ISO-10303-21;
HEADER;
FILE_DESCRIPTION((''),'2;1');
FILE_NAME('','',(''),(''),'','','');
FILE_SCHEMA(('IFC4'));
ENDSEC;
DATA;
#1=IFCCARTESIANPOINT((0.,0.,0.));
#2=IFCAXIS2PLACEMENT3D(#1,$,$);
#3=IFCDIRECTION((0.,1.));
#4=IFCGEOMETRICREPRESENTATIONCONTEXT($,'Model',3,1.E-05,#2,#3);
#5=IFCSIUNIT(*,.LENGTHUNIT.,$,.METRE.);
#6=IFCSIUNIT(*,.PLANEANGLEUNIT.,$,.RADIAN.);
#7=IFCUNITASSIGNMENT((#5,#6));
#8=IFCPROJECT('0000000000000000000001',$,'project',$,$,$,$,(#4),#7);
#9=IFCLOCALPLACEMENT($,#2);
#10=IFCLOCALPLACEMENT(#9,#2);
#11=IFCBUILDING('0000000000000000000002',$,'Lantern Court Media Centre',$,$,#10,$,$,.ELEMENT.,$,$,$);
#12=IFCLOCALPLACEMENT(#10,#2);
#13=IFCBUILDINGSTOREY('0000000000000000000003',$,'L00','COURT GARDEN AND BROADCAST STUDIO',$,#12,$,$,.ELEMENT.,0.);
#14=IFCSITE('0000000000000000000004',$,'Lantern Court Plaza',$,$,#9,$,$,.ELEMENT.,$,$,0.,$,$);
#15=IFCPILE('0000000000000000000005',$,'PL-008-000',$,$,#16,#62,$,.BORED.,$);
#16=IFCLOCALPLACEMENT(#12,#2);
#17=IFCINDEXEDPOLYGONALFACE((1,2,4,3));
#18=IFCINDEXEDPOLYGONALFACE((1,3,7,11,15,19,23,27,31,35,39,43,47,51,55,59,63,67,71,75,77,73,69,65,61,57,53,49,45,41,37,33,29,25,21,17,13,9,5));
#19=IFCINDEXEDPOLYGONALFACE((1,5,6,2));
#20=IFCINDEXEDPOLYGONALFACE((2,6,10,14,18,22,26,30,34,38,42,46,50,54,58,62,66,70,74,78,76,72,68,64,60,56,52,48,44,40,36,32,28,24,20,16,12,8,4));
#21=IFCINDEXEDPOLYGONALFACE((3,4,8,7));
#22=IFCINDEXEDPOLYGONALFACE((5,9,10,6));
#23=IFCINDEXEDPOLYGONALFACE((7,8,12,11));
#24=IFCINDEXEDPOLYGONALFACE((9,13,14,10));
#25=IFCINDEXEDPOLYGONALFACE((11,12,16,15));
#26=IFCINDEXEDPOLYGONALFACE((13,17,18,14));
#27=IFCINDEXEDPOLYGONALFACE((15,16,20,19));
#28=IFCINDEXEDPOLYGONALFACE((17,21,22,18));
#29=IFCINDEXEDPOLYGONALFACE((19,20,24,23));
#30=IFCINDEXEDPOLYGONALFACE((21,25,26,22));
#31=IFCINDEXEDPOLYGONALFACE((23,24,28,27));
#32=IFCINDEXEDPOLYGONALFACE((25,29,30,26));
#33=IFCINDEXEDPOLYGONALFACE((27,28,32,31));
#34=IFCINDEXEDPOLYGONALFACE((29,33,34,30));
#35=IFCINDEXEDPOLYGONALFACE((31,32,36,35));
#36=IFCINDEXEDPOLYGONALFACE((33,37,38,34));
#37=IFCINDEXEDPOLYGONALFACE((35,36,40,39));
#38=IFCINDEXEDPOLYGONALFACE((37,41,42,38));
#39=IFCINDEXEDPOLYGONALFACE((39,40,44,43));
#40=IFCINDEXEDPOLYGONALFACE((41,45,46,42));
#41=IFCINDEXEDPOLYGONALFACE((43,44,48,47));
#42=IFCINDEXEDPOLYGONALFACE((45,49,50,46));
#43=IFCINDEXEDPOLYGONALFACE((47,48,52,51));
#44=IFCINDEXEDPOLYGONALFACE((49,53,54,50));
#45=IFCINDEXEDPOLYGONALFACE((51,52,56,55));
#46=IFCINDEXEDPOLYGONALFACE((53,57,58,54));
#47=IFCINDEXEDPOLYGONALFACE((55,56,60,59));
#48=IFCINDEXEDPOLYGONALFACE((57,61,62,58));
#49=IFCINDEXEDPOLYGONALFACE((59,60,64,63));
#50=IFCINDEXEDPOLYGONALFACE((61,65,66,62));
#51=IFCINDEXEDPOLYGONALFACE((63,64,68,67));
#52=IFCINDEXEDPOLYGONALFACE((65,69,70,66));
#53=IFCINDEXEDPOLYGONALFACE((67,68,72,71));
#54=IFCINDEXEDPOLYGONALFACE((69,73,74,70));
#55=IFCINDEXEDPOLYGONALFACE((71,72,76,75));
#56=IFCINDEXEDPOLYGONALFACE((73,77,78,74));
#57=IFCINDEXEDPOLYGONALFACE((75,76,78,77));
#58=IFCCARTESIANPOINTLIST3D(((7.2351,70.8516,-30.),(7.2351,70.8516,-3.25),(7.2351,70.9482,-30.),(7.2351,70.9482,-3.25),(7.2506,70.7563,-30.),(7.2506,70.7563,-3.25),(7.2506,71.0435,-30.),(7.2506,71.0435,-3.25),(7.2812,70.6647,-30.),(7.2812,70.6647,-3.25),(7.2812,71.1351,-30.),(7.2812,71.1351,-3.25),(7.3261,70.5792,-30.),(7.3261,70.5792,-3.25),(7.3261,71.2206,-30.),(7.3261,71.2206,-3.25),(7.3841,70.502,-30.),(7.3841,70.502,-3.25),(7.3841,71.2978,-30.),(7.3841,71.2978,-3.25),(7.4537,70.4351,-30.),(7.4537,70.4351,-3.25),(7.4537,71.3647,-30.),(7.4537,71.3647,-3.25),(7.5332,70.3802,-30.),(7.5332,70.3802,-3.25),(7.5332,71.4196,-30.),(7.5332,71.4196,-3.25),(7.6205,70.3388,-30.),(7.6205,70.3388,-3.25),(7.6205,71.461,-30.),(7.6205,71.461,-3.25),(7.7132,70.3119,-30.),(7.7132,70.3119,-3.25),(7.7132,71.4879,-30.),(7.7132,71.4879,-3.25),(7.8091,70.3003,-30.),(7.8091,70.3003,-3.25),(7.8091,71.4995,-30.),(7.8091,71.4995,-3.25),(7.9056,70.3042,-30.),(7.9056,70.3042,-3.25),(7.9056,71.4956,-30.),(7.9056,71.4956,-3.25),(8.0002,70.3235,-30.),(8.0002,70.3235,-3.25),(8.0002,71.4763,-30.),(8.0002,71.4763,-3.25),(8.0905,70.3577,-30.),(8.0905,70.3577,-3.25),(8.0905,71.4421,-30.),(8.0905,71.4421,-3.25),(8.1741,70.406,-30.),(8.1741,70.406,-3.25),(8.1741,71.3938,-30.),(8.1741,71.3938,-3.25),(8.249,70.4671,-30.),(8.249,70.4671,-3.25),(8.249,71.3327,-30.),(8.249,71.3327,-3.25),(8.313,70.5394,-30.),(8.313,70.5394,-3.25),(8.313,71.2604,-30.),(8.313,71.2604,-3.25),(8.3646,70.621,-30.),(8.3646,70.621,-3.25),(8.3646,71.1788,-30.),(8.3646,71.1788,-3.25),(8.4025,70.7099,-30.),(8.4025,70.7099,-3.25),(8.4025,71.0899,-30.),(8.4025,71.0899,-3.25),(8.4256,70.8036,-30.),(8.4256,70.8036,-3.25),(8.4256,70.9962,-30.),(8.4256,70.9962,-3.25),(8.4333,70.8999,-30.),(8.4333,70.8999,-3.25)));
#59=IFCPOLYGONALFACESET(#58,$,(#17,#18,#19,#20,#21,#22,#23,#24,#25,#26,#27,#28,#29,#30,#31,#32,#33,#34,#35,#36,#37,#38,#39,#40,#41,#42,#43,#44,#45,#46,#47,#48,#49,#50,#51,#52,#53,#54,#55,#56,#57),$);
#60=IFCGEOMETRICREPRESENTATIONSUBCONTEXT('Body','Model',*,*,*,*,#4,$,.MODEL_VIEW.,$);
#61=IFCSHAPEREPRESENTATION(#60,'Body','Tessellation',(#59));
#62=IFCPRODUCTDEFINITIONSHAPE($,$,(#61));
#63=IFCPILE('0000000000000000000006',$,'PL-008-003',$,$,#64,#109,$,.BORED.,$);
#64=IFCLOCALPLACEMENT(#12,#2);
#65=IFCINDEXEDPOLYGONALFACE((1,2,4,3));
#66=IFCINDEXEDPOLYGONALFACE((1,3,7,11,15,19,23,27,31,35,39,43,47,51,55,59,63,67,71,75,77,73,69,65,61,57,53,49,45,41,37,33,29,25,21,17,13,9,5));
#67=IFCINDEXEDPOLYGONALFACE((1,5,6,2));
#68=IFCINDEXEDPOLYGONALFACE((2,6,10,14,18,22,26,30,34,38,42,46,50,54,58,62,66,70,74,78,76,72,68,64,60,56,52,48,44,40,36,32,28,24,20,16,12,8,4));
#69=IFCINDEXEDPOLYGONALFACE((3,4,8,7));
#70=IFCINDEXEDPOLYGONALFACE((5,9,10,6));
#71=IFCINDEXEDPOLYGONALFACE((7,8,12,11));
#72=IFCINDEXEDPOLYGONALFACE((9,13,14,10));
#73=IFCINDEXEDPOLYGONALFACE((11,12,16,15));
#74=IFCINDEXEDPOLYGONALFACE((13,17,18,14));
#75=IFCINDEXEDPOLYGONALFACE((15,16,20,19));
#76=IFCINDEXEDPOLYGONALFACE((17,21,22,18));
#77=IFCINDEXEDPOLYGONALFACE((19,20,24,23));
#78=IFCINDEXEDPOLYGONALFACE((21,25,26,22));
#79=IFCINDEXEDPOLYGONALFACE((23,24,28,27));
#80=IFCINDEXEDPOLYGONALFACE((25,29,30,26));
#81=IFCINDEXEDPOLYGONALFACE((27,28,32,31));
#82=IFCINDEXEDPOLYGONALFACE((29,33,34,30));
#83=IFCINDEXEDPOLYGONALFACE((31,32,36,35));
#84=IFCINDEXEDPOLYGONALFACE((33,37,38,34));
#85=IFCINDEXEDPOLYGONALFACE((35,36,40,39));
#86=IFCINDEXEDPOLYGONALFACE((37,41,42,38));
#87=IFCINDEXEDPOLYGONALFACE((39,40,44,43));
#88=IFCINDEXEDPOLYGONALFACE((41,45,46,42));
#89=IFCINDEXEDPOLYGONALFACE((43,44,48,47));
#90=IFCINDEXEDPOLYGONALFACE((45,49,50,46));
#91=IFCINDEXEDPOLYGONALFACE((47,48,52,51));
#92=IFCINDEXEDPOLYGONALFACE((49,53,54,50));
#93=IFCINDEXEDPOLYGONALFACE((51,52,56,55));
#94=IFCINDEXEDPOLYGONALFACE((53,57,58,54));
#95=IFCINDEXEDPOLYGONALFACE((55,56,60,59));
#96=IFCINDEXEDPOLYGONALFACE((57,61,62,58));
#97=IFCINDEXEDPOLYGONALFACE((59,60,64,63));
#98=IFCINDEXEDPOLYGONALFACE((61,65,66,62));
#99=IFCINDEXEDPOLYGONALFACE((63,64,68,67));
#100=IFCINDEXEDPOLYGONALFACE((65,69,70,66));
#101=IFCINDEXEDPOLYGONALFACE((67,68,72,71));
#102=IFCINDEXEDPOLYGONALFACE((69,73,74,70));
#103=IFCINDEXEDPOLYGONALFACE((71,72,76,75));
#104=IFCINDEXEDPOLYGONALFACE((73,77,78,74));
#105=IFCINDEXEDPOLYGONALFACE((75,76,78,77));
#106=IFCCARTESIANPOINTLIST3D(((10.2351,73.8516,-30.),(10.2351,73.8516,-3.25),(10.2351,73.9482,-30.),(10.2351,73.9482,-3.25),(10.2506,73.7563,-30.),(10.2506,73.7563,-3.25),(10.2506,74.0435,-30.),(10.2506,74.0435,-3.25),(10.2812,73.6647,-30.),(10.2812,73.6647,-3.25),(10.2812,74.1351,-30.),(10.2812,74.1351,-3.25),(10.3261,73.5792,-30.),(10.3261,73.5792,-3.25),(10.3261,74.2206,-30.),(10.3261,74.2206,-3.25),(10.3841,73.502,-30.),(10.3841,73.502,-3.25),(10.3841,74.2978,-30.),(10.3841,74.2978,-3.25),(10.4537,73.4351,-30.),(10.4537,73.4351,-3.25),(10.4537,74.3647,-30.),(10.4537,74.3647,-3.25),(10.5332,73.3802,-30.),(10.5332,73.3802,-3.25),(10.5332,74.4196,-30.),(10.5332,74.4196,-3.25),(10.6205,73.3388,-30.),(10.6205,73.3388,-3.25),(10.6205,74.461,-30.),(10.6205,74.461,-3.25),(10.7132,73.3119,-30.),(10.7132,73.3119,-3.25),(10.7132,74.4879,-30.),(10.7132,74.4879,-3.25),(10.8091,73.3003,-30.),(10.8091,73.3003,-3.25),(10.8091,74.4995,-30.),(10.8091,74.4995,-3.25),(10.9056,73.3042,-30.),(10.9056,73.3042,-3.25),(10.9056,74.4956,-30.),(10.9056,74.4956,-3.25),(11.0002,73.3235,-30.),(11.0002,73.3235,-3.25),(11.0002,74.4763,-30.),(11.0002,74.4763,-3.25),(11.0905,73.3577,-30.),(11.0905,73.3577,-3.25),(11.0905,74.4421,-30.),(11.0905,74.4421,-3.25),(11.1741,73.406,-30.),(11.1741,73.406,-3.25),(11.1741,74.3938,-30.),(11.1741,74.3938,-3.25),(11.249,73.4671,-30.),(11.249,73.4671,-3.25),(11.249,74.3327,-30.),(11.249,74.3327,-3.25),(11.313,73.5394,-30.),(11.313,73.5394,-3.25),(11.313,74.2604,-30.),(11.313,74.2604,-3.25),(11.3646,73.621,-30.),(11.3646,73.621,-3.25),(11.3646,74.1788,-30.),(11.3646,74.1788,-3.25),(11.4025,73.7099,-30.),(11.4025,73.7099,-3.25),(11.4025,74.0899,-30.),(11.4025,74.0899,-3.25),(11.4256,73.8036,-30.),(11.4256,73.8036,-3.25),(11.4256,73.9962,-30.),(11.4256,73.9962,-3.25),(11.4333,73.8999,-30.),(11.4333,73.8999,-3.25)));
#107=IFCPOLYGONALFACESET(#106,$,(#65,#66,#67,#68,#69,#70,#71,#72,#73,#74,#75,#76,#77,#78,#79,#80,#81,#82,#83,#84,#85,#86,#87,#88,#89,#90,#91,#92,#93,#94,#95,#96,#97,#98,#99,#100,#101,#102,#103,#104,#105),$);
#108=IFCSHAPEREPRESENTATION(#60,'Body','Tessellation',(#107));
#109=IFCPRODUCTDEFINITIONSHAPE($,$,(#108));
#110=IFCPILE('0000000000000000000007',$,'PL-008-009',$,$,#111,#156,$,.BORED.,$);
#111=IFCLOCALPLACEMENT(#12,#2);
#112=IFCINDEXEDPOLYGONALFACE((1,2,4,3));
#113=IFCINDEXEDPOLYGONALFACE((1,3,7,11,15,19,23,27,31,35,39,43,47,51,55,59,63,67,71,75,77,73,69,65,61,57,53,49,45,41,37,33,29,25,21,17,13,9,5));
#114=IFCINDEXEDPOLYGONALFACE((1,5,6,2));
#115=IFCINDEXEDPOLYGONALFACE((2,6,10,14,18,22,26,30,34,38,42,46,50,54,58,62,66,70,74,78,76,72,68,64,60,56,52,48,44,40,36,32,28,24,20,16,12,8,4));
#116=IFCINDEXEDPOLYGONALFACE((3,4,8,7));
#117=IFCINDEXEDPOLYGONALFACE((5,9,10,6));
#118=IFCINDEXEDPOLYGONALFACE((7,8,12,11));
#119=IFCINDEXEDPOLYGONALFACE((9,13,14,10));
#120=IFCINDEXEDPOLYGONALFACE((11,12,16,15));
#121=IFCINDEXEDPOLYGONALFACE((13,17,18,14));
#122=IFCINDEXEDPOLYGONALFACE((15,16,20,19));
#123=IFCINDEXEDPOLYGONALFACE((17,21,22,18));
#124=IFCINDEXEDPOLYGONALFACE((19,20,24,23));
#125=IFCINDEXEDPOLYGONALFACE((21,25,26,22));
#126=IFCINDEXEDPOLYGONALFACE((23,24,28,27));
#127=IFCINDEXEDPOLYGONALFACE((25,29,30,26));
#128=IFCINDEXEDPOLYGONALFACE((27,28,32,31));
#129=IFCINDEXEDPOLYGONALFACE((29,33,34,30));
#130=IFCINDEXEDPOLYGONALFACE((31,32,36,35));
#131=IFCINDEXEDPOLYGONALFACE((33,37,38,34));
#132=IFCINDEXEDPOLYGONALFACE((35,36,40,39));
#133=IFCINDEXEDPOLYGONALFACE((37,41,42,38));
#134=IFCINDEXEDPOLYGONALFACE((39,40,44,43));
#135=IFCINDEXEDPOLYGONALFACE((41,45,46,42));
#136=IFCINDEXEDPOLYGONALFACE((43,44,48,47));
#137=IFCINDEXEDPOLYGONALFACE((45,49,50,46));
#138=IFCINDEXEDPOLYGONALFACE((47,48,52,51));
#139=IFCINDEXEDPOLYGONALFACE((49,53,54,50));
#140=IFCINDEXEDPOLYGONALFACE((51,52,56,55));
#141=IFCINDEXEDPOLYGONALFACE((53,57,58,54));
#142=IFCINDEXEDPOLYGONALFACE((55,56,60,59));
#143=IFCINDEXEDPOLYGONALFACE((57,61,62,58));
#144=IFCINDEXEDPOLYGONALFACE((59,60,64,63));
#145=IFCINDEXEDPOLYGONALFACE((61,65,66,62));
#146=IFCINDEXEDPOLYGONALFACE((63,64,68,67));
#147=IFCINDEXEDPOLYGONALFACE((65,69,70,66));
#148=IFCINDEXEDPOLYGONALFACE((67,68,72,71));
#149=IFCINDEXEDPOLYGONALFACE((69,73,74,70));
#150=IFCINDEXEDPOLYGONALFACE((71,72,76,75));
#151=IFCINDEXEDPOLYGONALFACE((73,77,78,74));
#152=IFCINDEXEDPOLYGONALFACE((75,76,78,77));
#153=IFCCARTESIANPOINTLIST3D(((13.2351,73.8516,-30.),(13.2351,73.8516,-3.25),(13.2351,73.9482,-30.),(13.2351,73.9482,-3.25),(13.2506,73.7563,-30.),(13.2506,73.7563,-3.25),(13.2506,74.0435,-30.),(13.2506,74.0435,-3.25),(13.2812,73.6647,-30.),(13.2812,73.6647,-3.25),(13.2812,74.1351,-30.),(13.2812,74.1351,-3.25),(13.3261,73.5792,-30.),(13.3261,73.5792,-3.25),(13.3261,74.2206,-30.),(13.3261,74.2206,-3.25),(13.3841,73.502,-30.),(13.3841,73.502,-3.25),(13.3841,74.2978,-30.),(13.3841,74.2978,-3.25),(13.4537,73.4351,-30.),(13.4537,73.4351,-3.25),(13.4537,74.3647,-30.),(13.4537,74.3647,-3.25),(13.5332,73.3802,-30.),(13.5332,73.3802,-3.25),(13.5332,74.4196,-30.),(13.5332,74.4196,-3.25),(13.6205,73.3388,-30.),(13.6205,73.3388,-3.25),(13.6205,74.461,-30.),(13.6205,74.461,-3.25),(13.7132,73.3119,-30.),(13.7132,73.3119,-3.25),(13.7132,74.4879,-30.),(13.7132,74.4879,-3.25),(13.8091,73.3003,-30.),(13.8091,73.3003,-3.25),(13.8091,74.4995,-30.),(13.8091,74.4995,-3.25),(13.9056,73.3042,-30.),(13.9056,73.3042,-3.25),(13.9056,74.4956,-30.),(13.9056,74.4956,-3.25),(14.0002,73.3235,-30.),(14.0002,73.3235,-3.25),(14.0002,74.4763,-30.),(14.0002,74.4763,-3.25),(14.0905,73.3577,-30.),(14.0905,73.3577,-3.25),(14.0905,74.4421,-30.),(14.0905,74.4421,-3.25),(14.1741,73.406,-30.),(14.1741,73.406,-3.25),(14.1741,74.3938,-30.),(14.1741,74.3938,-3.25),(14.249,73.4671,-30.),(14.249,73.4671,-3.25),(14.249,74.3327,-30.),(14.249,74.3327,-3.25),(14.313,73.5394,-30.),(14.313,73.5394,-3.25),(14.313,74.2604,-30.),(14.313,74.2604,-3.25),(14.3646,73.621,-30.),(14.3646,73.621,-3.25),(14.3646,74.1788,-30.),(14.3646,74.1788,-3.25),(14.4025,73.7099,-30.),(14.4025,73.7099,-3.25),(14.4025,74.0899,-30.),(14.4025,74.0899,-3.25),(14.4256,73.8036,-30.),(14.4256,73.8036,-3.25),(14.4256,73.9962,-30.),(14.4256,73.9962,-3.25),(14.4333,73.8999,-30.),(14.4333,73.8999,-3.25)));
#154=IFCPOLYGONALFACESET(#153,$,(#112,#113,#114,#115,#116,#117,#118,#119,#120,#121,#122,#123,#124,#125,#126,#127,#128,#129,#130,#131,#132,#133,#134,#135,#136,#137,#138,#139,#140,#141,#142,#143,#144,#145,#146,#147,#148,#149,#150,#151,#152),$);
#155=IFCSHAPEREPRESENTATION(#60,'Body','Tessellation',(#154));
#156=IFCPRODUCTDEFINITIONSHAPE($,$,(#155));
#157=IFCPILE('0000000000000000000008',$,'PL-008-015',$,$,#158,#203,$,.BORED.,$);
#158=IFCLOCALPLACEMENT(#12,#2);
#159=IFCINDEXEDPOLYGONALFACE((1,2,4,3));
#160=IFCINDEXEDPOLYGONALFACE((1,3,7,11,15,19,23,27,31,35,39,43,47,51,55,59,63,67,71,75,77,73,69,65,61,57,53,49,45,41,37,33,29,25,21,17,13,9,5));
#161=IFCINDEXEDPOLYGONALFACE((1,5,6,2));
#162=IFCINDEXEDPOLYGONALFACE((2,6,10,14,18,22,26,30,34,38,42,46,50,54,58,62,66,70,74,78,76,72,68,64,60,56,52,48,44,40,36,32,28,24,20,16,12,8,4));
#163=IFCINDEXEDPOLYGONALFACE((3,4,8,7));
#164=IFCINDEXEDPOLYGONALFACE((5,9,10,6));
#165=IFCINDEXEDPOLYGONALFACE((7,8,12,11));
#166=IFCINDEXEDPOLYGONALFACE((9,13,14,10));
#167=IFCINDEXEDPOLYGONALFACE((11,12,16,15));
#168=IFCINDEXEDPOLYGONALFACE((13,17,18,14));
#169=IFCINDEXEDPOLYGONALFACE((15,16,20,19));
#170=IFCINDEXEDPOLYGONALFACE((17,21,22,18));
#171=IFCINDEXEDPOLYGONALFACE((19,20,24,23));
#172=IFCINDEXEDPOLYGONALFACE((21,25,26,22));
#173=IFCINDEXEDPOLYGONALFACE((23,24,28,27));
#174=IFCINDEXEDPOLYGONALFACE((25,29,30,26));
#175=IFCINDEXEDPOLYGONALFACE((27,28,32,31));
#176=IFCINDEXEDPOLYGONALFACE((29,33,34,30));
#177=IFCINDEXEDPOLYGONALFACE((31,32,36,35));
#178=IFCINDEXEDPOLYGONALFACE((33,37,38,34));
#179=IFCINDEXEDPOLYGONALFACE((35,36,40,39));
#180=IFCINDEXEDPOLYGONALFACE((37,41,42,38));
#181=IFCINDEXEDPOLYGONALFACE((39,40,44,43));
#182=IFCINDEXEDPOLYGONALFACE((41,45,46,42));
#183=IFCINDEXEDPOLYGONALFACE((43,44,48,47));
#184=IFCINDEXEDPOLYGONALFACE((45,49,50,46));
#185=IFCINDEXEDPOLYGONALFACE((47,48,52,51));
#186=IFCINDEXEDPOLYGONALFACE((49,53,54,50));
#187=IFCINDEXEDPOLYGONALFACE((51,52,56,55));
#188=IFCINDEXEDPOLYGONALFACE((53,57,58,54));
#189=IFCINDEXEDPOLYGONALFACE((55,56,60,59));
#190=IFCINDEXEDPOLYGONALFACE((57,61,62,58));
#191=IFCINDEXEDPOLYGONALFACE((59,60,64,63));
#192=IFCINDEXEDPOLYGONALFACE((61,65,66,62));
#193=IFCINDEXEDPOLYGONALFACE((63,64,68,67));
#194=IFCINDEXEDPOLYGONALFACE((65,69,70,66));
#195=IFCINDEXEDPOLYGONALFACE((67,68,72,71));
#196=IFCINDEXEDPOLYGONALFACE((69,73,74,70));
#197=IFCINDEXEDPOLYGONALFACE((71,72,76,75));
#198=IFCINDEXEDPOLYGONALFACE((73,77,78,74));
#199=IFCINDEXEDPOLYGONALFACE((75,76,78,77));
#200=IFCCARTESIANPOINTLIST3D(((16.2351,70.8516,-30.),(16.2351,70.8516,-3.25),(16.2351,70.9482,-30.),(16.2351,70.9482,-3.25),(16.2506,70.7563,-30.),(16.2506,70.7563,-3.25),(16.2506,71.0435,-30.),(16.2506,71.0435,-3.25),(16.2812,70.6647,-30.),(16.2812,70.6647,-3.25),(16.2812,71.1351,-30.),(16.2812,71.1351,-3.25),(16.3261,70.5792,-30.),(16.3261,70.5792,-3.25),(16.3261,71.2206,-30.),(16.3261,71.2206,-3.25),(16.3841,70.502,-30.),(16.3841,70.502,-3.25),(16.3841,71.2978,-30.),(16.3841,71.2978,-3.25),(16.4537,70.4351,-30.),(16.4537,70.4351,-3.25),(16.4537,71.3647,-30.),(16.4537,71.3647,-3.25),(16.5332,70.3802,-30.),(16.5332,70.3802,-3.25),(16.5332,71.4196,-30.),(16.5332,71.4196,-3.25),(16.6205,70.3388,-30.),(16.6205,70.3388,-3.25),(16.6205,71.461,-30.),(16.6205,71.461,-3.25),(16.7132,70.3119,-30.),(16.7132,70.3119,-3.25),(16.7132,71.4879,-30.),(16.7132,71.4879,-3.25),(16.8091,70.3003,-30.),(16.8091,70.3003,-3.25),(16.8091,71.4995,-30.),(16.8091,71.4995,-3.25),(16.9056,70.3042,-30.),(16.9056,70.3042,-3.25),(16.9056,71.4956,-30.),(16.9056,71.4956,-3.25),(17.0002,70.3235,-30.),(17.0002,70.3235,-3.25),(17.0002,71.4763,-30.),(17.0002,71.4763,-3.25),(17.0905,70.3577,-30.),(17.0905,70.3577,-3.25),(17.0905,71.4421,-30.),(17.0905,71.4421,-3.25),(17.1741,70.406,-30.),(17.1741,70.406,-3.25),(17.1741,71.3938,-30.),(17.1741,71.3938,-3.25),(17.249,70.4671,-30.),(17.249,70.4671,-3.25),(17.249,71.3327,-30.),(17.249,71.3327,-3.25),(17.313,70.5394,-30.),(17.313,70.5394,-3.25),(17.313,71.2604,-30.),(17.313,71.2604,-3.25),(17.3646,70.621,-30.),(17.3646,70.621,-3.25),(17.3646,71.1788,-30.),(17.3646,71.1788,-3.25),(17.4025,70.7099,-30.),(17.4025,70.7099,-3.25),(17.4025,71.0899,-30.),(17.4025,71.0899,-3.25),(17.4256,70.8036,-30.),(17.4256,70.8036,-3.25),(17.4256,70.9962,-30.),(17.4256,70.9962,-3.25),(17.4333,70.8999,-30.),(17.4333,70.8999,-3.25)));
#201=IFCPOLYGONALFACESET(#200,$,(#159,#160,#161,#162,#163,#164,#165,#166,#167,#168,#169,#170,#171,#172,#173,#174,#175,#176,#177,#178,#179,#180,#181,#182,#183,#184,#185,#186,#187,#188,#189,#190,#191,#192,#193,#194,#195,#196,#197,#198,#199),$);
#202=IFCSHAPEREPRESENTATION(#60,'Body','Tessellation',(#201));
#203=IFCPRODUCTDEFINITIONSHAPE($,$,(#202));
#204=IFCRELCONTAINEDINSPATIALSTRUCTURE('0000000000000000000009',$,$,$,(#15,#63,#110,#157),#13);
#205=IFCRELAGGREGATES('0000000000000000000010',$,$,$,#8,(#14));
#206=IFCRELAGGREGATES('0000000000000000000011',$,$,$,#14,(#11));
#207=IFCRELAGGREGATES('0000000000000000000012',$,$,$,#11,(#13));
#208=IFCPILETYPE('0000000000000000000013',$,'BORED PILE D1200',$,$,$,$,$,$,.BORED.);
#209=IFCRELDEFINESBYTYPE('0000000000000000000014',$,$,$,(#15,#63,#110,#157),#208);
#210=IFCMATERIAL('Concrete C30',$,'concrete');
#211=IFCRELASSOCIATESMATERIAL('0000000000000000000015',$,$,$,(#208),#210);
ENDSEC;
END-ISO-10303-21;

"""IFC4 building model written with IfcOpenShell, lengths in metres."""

from ifc_helpers import new_model, si_unit, direction, frame, origin, origin_2d, place, context, subcontext, project, spatial, circle, extrude, material, material_profile, profile_set, type_object, element, save


model = new_model("IFC4")

# Units and contexts
model_context = context("Model", 3, precision=1e-05, world=origin(), true_north=direction((0.0, 1.0)))
body_context = subcontext(model_context, "Body", "Model", "MODEL_VIEW")
ifc_project = project(units=[si_unit("LENGTHUNIT", "METRE"), si_unit("PLANEANGLEUNIT", "RADIAN")], contexts=[model_context])

# Site, building, storey
site_placement = place(None, origin())
site = spatial("IfcSite", under=ifc_project, at=site_placement, Name="Lantern Court Plaza", CompositionType="ELEMENT", RefElevation=0.0)
building_placement = place(site_placement, origin())
building = spatial("IfcBuilding", under=site, at=building_placement, Name="Lantern Court Media Centre", CompositionType="ELEMENT")
storey_placement = place(building_placement, origin())
storey = spatial("IfcBuildingStorey", under=building, at=storey_placement, Name="L00", Description="COURT GARDEN AND BROADCAST STUDIO", CompositionType="ELEMENT", Elevation=0.0)

# Piles
ifc_material_1 = material(Name="Concrete C30", Category="concrete")
ifc_material_profile_1 = material_profile(ifc_material_1, circle(Radius=0.6001, at=origin_2d()), Name="D1200")
ifc_profile_set_1 = profile_set([ifc_material_profile_1], Name="Concrete C30")
pile_type = type_object("IfcPileType", Name="BORED PILE D1200", PredefinedType="BORED", material=ifc_profile_set_1)
for number, where, z_axis, x_axis, name in (
    (1, (7.8333, 70.8999, -3.25), (0.0, 0.0, -1.0), (1.0, 0.0, 0.0), "PL-008-000"),
    (2, (10.8333, 73.8999, -3.25), (0.0, 0.0, -1.0), (1.0, 0.0, 0.0), "PL-008-003"),
    (3, (13.8333, 73.8999, -3.25), (0.0, 0.0, -1.0), (1.0, 0.0, 0.0), "PL-008-009"),
    (4, (16.8333, 70.8999, -3.25), (0.0, 0.0, -1.0), (1.0, 0.0, 0.0), "PL-008-015"),
):
    element("IfcPile", number, at=place(storey_placement, frame(where, z_axis=z_axis, x_axis=x_axis)), inside=storey, type_object=pile_type, Name=name, PredefinedType="BORED", context=body_context, shape_type="SweptSolid", body=[
        extrude(circle(Radius=0.6001, at=origin_2d()), origin(), (0.0, 0.0, 1.0), 26.75),
    ])

save(model, "model.ifc")
